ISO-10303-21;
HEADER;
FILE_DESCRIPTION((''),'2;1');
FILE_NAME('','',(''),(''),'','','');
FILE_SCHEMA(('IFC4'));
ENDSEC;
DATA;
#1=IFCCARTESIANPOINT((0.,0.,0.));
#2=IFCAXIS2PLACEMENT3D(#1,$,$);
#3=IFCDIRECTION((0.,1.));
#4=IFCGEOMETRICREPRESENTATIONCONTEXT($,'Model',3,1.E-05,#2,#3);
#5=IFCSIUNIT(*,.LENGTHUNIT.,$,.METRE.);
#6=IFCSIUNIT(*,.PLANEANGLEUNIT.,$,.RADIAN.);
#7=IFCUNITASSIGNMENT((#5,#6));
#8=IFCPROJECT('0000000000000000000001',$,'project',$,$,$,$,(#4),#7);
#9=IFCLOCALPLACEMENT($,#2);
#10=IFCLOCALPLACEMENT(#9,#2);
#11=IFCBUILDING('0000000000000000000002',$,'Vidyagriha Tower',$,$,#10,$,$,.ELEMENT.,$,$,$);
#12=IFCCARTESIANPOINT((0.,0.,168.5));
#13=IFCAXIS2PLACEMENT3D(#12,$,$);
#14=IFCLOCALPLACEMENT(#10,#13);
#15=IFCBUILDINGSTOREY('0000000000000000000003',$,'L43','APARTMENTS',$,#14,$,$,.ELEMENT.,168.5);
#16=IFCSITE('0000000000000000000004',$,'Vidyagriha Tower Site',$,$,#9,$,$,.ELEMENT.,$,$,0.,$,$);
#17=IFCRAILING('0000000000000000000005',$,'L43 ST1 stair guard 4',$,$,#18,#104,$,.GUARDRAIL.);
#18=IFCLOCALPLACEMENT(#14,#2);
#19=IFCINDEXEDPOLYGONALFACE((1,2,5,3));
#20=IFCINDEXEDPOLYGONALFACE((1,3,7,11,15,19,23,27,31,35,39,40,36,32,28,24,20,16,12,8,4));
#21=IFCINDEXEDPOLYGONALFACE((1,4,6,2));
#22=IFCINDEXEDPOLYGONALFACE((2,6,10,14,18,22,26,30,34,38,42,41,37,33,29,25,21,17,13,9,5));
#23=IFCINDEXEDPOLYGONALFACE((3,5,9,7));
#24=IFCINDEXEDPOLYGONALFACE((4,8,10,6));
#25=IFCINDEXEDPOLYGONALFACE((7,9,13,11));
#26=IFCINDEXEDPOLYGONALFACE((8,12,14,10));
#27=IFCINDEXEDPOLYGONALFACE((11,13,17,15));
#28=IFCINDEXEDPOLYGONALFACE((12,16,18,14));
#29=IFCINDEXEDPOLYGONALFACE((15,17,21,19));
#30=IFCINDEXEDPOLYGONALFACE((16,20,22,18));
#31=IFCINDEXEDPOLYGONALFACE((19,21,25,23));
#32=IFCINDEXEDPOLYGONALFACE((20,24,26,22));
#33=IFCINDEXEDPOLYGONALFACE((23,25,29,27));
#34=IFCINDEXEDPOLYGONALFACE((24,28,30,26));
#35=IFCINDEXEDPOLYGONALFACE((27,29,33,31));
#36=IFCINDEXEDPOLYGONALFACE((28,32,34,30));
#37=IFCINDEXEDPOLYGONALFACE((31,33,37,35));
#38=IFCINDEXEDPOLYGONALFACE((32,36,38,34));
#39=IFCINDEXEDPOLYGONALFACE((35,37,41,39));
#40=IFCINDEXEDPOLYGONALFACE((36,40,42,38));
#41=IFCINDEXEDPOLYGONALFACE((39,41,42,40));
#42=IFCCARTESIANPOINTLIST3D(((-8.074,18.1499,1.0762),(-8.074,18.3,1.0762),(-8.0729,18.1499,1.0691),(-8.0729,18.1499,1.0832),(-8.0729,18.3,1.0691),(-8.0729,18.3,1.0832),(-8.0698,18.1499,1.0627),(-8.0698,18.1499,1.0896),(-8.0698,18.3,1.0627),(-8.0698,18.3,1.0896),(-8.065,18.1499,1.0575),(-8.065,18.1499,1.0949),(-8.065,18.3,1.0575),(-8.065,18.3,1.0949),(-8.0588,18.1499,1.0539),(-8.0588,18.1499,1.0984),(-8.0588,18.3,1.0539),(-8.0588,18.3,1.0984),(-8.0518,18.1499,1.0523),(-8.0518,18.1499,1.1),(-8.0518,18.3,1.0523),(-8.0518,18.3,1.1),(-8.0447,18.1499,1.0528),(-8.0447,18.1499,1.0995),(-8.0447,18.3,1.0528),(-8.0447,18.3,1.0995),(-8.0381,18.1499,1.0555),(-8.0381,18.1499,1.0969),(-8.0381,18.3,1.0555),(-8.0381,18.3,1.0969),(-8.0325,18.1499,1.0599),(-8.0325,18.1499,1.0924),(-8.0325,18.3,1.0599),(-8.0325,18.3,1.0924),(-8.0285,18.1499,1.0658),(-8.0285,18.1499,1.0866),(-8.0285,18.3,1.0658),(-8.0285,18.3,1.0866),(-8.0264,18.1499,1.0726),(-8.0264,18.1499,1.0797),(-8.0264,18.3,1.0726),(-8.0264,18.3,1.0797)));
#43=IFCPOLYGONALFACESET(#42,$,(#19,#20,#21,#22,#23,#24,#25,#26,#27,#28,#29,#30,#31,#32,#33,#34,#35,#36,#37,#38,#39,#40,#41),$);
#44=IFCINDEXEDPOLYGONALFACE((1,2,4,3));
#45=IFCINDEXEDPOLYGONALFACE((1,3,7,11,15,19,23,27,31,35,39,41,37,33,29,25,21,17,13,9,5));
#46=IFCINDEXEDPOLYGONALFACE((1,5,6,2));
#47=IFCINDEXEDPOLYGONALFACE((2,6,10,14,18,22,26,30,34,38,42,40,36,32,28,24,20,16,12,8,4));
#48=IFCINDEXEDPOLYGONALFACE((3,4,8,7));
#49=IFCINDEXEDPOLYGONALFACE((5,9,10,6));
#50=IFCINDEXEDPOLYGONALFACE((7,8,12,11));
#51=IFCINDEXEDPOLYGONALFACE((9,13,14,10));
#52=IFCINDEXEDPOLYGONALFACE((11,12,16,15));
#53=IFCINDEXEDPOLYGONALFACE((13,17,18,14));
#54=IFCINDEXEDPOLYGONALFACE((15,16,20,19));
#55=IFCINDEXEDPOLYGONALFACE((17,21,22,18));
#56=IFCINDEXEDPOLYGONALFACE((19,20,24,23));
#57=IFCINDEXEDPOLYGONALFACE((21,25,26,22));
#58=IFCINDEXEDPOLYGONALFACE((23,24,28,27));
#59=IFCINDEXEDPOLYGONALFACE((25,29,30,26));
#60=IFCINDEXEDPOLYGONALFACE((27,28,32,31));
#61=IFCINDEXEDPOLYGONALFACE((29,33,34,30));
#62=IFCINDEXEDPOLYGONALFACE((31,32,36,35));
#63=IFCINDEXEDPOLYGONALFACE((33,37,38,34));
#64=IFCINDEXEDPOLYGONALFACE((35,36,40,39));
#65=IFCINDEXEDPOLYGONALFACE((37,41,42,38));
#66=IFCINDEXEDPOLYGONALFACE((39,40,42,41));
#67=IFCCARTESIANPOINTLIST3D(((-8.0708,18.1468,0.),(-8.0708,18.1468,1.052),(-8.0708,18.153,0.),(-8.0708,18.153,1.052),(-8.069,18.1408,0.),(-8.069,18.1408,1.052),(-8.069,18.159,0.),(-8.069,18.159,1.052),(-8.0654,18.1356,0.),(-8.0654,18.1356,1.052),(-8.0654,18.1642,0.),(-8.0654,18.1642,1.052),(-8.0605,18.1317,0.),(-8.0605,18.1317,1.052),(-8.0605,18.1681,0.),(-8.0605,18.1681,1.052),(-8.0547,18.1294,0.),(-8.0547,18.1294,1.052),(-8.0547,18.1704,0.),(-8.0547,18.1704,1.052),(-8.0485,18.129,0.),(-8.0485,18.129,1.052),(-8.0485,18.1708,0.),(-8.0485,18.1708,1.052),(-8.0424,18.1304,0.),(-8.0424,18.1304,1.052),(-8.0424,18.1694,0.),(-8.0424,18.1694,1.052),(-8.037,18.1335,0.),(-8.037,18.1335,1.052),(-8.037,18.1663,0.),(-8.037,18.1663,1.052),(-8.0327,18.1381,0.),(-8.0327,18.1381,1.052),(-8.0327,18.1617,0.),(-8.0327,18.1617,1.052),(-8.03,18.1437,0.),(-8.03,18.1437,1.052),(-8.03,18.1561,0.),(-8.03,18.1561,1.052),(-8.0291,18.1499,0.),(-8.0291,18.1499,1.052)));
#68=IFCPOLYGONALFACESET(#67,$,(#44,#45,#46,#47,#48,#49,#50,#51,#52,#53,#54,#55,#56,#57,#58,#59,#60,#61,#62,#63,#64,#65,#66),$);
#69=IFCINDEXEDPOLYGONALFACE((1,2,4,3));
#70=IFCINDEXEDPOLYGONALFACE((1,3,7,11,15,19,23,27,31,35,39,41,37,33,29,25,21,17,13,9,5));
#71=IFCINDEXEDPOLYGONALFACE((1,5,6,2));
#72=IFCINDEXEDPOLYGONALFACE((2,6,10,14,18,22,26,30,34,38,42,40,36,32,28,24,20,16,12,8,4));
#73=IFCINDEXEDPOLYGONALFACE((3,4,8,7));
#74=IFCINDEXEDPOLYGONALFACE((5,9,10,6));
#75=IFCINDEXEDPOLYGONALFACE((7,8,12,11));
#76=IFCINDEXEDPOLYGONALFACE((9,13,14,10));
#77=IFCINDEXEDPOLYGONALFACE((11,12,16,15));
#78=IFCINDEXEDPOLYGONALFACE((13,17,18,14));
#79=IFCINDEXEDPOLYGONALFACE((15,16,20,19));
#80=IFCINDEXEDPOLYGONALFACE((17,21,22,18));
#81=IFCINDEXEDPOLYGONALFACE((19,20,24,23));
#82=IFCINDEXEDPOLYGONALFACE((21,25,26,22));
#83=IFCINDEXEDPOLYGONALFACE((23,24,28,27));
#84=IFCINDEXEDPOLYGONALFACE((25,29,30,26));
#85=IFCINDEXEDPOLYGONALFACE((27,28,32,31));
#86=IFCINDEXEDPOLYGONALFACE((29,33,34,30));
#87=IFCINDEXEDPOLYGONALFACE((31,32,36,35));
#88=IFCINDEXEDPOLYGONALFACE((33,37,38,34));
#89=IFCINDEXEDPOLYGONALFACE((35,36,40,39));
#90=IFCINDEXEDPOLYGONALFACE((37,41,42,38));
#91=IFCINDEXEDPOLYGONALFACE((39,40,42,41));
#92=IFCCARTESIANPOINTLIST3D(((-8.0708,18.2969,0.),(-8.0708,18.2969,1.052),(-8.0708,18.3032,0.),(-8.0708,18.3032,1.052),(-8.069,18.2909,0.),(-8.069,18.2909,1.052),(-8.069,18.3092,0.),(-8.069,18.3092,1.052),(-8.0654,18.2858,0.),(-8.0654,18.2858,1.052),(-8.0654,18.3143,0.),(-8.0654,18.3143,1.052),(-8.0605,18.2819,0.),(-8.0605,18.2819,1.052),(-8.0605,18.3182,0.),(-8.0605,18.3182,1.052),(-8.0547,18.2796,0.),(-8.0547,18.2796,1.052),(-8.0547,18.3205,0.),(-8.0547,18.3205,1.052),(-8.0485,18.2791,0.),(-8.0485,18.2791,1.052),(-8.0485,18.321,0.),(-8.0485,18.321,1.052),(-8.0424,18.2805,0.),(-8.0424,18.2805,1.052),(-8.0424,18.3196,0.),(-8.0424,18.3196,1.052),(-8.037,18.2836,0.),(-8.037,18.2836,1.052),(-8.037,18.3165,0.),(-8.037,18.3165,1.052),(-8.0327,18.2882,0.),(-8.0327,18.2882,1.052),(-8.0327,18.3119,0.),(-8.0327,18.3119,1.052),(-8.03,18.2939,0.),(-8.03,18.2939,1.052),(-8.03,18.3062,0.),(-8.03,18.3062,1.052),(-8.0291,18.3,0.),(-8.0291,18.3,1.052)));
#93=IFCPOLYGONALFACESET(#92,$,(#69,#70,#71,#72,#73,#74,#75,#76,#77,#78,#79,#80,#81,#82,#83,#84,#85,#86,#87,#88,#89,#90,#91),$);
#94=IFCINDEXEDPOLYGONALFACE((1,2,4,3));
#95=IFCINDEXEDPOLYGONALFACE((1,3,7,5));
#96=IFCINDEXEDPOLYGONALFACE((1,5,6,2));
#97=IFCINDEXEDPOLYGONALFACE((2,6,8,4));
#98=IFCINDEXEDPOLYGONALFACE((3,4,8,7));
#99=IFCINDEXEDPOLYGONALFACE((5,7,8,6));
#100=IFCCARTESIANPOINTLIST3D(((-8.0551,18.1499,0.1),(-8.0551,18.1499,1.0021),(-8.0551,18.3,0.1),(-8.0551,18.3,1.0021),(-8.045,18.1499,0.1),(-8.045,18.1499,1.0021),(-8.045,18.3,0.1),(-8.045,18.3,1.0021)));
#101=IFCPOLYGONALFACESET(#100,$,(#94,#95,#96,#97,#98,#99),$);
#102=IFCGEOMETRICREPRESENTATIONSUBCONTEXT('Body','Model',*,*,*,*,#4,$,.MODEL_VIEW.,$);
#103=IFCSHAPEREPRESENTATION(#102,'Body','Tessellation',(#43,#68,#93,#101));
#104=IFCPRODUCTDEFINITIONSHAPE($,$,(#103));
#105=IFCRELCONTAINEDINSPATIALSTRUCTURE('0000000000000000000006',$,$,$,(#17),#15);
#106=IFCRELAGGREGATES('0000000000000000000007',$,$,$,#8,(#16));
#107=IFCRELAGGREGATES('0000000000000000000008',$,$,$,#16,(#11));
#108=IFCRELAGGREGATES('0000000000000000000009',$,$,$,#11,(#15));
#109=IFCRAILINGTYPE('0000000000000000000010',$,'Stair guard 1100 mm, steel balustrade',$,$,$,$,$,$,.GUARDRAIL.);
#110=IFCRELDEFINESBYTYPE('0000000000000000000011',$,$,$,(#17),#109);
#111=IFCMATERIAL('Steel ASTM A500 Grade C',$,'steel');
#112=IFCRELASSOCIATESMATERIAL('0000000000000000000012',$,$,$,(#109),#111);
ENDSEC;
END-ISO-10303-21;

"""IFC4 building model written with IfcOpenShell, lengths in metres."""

from ifc_helpers import new_model, si_unit, direction, frame, origin, origin_2d, place, context, subcontext, project, spatial, rectangle, circle, extrude, material, type_object, element, save


model = new_model("IFC4")

# Units and contexts
model_context = context("Model", 3, precision=1e-05, world=origin(), true_north=direction((0.0, 1.0)))
body_context = subcontext(model_context, "Body", "Model", "MODEL_VIEW")
ifc_project = project(units=[si_unit("LENGTHUNIT", "METRE"), si_unit("PLANEANGLEUNIT", "RADIAN")], contexts=[model_context])

# Site, building, storey
site_placement = place(None, origin())
site = spatial("IfcSite", under=ifc_project, at=site_placement, Name="Vidyagriha Tower Site", CompositionType="ELEMENT", RefElevation=0.0)
building_placement = place(site_placement, origin())
building = spatial("IfcBuilding", under=site, at=building_placement, Name="Vidyagriha Tower", CompositionType="ELEMENT")
storey_placement = place(building_placement, frame((0.0, 0.0, 168.5)))
storey = spatial("IfcBuildingStorey", under=building, at=storey_placement, Name="L43", Description="APARTMENTS", CompositionType="ELEMENT", Elevation=168.5)

# Railing
ifc_material_1 = material(Name="Steel ASTM A500 Grade C", Category="steel")
railing_type_1 = type_object("IfcRailingType", Name="Stair guard 1100 mm, steel balustrade", PredefinedType="GUARDRAIL", material=ifc_material_1)
railing_1_placement = place(storey_placement, frame((-8.05, 18.1499, 0.0)))
element("IfcRailing", 1, at=railing_1_placement, inside=storey, type_object=railing_type_1, Name="L43 ST1 stair guard 4", PredefinedType="GUARDRAIL", context=body_context, shape_type="SweptSolid", body=[
    extrude(circle(Radius=0.0239, at=origin_2d()), frame((0.0, 0.0, 1.0762), z_axis=(0.0, 1.0, 0.0), x_axis=(-1.0, 0.0, 0.0)), (0.0, 0.0, 1.0), 0.1501),
    extrude(circle(Radius=0.021, at=origin_2d()), origin(), (0.0, 0.0, 1.0), 1.052),
    extrude(circle(Radius=0.021, at=origin_2d()), frame((0.0, 0.1501, 0.0)), (0.0, 0.0, 1.0), 1.052),
    extrude(rectangle(XDim=0.01, YDim=0.9021, at=origin_2d()), frame((0.0, 0.0, 0.551), z_axis=(0.0, 1.0, 0.0), x_axis=(-1.0, 0.0, 0.0)), (0.0, 0.0, 1.0), 0.1501),
])

save(model, "model.ifc")
